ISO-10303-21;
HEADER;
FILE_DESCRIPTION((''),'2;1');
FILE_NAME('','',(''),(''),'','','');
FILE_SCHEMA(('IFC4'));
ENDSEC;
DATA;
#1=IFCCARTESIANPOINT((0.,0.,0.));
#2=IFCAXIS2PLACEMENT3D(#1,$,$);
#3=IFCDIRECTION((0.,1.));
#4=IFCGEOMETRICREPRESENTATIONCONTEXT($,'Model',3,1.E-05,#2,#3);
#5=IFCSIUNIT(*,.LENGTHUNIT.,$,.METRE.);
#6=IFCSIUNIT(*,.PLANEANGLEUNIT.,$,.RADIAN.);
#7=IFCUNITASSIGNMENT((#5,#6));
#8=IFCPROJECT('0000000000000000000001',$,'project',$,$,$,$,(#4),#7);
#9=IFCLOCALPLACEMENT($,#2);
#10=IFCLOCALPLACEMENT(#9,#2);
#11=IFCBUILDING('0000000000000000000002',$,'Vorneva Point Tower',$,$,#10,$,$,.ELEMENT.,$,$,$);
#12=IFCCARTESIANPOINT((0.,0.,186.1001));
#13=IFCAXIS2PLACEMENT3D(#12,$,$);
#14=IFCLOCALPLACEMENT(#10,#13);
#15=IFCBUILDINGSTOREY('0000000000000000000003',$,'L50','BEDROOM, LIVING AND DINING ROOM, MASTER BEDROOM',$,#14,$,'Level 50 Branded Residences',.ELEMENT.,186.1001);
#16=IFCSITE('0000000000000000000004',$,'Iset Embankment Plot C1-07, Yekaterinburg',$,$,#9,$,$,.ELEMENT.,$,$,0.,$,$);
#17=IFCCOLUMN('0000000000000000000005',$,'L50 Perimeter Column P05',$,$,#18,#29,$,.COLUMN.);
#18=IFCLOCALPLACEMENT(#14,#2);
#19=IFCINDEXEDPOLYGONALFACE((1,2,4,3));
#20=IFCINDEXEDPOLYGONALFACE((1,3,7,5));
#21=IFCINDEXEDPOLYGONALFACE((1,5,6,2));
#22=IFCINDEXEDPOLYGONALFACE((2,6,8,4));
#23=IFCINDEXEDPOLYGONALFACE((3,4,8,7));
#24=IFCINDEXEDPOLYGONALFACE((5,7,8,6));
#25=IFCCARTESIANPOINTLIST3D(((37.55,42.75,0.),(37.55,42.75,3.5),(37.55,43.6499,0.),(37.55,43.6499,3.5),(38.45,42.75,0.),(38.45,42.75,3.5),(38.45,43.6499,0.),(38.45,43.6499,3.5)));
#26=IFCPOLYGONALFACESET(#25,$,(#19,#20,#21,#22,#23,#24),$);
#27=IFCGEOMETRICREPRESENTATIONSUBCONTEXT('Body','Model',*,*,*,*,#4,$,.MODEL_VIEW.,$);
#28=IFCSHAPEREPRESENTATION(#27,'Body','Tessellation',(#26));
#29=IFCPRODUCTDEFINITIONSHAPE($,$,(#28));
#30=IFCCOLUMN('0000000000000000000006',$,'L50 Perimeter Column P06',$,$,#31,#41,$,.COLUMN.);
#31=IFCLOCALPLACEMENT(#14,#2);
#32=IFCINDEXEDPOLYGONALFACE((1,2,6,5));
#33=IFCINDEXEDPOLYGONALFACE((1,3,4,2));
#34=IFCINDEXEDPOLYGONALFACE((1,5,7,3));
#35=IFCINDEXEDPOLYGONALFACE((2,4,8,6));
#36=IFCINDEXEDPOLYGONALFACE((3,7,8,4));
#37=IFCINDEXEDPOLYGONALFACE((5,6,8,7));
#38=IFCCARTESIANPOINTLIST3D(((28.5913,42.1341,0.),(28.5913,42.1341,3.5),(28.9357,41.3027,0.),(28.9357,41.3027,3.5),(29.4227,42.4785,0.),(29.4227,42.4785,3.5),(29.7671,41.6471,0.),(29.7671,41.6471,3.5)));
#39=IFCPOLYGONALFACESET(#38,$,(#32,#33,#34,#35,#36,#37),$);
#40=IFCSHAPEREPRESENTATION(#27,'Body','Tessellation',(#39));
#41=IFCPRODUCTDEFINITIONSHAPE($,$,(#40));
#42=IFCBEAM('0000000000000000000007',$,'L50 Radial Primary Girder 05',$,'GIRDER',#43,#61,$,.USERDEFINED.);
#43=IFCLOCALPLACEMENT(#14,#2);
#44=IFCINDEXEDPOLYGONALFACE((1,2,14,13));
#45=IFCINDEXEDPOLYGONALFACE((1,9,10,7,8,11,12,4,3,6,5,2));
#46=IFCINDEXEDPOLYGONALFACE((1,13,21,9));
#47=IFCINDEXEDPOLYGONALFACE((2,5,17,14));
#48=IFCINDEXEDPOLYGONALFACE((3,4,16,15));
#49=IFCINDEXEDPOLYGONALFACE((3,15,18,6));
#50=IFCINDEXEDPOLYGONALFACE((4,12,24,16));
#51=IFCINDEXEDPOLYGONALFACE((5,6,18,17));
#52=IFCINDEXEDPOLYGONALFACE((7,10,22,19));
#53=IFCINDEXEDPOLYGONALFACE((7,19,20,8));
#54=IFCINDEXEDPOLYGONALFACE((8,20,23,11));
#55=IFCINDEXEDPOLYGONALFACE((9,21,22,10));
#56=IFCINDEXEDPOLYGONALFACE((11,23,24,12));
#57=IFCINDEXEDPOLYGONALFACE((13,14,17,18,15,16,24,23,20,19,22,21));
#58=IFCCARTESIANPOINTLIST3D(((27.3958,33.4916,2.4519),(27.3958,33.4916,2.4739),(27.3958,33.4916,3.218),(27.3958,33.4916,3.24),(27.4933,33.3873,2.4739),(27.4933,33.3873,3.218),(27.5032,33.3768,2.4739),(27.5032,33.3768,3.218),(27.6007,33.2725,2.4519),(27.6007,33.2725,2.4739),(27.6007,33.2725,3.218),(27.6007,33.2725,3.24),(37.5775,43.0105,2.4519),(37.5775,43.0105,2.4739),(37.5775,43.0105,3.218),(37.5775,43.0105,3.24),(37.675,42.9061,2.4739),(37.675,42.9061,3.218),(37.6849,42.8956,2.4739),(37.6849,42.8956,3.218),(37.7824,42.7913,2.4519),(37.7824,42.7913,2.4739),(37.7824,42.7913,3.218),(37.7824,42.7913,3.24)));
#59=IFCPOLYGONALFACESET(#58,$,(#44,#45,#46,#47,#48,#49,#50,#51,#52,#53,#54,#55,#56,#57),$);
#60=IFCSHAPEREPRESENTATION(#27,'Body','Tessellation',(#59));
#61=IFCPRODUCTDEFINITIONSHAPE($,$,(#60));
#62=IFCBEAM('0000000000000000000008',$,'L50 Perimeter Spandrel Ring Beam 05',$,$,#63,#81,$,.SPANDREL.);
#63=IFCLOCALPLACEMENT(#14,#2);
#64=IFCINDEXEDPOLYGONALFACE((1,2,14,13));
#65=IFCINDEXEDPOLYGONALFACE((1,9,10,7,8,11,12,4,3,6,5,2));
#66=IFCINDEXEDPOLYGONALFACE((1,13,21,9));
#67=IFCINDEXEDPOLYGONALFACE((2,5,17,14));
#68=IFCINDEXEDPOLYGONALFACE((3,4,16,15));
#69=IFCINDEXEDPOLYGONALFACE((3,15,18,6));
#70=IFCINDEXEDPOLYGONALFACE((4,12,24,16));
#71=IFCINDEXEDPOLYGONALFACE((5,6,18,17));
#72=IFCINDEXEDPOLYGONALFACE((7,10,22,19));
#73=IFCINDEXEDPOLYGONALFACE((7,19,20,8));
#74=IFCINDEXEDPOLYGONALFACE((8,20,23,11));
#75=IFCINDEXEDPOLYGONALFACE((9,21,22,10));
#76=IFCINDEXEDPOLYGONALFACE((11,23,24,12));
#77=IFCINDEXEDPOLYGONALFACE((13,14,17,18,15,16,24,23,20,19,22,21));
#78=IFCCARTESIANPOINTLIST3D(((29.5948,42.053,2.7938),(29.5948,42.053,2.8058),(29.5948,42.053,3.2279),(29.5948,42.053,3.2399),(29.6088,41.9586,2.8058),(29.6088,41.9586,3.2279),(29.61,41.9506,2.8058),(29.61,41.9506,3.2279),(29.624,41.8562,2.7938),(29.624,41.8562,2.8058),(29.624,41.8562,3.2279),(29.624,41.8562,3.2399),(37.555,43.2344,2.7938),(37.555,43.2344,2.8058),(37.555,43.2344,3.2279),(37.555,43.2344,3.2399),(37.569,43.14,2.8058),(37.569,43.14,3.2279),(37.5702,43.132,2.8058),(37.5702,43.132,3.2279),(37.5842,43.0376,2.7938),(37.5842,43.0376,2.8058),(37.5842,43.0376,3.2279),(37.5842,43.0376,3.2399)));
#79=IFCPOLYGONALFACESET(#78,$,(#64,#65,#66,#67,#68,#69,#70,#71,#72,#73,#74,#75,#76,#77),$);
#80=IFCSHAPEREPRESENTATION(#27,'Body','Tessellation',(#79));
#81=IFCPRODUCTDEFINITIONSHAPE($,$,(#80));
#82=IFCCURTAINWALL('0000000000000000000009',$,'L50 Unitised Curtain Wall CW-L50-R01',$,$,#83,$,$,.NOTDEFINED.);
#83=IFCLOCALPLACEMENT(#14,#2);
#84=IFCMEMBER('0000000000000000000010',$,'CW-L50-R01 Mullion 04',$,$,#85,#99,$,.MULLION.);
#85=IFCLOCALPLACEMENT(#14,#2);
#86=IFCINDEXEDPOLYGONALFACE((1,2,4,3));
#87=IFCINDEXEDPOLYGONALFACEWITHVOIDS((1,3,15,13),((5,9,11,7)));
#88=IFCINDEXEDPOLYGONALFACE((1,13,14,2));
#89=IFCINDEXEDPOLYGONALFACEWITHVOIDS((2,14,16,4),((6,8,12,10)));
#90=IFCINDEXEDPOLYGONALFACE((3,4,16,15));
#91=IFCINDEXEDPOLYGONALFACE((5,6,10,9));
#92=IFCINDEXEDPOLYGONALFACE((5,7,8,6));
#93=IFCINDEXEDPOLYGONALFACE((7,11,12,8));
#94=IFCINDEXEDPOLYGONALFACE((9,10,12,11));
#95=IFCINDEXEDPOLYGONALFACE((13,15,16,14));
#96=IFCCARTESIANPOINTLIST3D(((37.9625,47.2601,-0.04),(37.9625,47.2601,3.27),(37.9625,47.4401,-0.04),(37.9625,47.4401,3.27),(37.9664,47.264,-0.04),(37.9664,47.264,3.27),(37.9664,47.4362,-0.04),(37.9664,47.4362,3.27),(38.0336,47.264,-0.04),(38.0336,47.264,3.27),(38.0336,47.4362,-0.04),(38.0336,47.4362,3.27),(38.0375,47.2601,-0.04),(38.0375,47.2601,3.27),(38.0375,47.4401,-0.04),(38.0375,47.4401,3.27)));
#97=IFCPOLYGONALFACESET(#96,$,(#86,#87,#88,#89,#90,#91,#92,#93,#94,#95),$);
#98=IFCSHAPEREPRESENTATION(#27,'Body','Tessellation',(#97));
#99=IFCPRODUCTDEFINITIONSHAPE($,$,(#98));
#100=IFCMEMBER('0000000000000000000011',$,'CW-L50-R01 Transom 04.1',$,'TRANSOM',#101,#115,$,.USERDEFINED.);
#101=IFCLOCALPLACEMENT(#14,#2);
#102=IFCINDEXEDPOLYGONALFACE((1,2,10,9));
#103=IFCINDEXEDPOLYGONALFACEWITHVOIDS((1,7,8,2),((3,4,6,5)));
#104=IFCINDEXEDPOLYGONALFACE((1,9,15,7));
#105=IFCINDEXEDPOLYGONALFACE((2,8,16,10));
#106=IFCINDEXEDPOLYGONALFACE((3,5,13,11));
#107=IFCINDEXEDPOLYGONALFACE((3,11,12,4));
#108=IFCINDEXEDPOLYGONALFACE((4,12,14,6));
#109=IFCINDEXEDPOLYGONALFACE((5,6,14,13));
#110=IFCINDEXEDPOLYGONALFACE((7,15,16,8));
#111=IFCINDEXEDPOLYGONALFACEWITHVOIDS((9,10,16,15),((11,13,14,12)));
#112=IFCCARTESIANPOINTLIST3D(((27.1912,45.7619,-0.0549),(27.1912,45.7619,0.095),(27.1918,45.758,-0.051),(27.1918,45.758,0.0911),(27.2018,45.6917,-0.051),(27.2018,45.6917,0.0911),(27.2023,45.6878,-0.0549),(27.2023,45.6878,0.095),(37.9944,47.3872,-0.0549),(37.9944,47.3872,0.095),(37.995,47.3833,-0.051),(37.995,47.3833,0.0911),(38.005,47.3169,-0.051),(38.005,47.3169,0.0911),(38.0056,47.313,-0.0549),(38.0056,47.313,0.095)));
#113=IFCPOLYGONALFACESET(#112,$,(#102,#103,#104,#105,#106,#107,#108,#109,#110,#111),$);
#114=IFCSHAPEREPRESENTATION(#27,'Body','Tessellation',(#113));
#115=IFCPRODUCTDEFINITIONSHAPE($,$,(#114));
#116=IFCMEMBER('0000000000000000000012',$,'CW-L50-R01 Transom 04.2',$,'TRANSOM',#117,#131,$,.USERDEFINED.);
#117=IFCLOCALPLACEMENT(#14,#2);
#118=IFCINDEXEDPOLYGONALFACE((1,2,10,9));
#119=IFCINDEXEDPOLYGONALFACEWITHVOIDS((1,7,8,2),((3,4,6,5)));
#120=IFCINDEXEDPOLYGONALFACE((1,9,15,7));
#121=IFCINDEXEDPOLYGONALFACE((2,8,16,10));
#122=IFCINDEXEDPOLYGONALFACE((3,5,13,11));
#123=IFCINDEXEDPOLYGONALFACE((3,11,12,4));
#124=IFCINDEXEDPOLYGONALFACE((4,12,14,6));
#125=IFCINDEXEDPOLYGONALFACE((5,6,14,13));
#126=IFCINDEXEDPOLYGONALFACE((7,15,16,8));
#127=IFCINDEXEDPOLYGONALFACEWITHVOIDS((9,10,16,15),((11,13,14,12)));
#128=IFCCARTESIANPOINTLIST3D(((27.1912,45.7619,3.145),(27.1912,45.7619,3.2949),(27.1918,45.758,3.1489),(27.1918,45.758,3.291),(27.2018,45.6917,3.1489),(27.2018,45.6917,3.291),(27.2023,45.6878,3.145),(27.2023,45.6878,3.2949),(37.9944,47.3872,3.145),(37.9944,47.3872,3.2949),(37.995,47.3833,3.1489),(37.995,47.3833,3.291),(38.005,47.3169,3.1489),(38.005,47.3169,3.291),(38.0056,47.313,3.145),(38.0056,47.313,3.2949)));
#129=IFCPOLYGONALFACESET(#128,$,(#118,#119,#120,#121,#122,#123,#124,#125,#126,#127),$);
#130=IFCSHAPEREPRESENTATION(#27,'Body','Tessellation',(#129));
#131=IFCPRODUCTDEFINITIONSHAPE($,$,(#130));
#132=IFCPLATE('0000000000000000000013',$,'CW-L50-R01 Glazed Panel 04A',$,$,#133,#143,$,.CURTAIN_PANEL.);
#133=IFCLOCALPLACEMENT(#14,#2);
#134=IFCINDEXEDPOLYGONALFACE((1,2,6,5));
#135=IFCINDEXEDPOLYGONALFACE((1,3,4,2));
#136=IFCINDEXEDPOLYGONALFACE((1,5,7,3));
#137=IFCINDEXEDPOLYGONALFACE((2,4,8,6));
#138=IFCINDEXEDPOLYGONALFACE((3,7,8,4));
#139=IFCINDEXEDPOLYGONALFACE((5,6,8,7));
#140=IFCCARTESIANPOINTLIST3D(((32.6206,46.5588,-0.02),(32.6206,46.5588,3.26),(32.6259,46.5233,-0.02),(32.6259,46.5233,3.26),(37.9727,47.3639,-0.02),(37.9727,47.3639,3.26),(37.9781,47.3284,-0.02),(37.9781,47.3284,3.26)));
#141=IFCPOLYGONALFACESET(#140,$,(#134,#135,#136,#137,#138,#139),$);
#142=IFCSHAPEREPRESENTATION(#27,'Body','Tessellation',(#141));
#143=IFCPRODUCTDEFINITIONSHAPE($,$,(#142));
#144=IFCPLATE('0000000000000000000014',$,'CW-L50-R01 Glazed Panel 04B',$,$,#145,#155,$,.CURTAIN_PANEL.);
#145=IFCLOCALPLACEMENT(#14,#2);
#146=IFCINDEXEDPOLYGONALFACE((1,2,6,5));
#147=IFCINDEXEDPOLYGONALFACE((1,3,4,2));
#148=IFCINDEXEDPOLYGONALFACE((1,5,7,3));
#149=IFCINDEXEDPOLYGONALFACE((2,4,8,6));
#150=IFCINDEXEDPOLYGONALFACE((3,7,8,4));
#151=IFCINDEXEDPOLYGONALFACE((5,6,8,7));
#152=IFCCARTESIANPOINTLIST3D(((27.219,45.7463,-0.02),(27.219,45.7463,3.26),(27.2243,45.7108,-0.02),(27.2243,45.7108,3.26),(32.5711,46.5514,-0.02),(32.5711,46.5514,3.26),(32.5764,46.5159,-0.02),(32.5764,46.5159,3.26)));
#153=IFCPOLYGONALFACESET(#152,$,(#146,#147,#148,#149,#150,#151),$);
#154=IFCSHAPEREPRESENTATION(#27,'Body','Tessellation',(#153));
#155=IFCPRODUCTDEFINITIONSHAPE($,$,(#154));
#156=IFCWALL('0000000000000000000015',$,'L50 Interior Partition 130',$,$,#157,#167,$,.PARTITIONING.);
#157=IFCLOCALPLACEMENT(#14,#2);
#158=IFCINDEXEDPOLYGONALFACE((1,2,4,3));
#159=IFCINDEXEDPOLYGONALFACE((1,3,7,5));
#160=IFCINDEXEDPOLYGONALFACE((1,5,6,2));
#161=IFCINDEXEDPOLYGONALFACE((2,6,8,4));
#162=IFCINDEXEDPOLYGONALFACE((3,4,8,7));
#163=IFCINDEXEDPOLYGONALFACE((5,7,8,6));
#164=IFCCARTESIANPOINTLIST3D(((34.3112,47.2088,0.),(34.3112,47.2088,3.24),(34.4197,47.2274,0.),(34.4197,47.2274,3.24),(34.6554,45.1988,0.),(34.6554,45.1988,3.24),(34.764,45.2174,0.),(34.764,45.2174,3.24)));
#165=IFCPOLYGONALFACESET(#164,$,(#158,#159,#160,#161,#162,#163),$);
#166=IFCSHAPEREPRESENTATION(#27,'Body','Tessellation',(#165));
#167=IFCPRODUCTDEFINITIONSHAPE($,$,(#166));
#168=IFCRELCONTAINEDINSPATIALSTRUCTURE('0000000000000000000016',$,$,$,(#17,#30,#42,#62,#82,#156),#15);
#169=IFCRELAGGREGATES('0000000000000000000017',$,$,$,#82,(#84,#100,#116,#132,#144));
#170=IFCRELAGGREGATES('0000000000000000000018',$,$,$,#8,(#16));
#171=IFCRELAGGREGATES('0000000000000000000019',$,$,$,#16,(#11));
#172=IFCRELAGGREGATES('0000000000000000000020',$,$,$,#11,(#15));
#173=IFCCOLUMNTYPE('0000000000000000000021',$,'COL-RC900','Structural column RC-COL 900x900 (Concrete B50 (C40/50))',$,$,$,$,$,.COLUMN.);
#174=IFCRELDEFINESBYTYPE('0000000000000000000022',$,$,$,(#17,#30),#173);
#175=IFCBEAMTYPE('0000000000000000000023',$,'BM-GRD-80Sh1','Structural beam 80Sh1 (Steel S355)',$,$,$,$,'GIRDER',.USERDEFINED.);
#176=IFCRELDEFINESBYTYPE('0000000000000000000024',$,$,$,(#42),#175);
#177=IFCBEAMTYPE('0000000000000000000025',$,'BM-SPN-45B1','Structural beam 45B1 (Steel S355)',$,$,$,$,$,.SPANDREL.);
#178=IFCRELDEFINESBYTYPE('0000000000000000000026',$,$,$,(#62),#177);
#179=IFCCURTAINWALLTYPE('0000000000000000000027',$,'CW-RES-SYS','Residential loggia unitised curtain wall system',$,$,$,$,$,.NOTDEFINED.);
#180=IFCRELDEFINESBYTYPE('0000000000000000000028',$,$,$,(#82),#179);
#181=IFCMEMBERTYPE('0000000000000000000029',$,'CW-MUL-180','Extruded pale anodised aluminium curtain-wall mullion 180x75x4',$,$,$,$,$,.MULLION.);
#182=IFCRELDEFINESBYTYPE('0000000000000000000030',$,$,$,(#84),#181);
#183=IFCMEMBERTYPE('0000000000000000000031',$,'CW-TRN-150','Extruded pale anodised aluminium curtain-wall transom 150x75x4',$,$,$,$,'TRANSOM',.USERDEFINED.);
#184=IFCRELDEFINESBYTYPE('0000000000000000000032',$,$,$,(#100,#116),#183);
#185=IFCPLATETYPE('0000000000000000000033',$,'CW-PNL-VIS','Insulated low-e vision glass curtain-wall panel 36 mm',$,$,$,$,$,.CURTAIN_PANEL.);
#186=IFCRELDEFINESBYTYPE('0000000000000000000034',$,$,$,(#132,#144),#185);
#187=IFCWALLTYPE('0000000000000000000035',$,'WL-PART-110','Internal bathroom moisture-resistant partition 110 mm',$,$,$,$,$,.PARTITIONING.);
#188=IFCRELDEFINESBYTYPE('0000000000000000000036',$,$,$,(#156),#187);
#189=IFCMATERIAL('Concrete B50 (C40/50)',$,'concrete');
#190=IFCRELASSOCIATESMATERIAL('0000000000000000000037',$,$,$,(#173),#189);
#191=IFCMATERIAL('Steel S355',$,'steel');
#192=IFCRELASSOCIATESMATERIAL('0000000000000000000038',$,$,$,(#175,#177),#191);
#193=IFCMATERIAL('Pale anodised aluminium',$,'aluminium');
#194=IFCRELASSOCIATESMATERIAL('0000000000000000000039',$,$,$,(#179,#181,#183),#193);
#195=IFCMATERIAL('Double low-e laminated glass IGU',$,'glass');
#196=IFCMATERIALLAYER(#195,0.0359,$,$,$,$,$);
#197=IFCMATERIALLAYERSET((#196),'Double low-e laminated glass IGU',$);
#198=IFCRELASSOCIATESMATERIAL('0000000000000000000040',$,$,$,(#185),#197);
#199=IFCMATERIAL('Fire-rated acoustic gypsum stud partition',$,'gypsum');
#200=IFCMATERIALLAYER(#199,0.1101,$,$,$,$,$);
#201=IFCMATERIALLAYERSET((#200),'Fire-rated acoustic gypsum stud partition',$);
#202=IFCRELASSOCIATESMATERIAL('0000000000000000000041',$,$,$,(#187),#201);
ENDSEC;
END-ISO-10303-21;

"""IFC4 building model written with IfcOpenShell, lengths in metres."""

from ifc_helpers import new_model, si_unit, direction, frame, frame_2d, origin, origin_2d, place, context, subcontext, project, spatial, rectangle, hollow_rectangle, i_section, extrude, material, layer, layer_set, material_profile, profile_set, type_object, element, aggregate, save


model = new_model("IFC4")

# Units and contexts
model_context = context("Model", 3, precision=1e-05, world=origin(), true_north=direction((0.0, 1.0)))
body_context = subcontext(model_context, "Body", "Model", "MODEL_VIEW")
ifc_project = project(units=[si_unit("LENGTHUNIT", "METRE"), si_unit("PLANEANGLEUNIT", "RADIAN")], contexts=[model_context])

# Site, building, storey
site_placement = place(None, origin())
site = spatial("IfcSite", under=ifc_project, at=site_placement, Name="Iset Embankment Plot C1-07, Yekaterinburg", CompositionType="ELEMENT", RefElevation=0.0)
building_placement = place(site_placement, origin())
building = spatial("IfcBuilding", under=site, at=building_placement, Name="Vorneva Point Tower", CompositionType="ELEMENT")
storey_placement = place(building_placement, frame((0.0, 0.0, 186.1001)))
storey = spatial("IfcBuildingStorey", under=building, at=storey_placement, Name="L50", Description="BEDROOM, LIVING AND DINING ROOM, MASTER BEDROOM", LongName="Level 50 Branded Residences", CompositionType="ELEMENT", Elevation=186.1001)

# Columns
ifc_material_1 = material(Name="Concrete B50 (C40/50)", Category="concrete")
ifc_material_profile_1 = material_profile(ifc_material_1, rectangle(XDim=0.8999, YDim=0.8999, at=origin_2d()), Name="RC-COL 900x900")
ifc_profile_set_1 = profile_set([ifc_material_profile_1], Name="Concrete B50 (C40/50)")
column_type = type_object("IfcColumnType", Name="COL-RC900", Description="Structural column RC-COL 900x900 (Concrete B50 (C40/50))", PredefinedType="COLUMN", material=ifc_profile_set_1)
for number, where, z_axis, x_axis, name in (
    (1, (38.0, 43.2, 0.0), (0.0, 0.0, 1.0), (0.0, 1.0, 0.0), "L50 Perimeter Column P05"),
    (2, (29.1792, 41.8906, 0.0), (0.0, 0.0, 1.0), (-0.382683, 0.92388, 0.0), "L50 Perimeter Column P06"),
):
    element("IfcColumn", number, at=place(storey_placement, frame(where, z_axis=z_axis, x_axis=x_axis)), inside=storey, type_object=column_type, Name=name, PredefinedType="COLUMN", context=body_context, shape_type="SweptSolid", body=[
        extrude(rectangle(XDim=0.8999, YDim=0.8999, at=origin_2d()), origin(), (0.0, 0.0, 1.0), 3.5),
    ])

# Beams
ifc_material_2 = material(Name="Steel S355", Category="steel")
ifc_material_profile_2 = material_profile(ifc_material_2, i_section(OverallWidth=0.3, OverallDepth=0.7881, WebThickness=0.0144, FlangeThickness=0.022, at=origin_2d()), Name="80Sh1")
ifc_profile_set_2 = profile_set([ifc_material_profile_2], Name="Steel S355")
beam_type_1 = type_object("IfcBeamType", Name="BM-GRD-80Sh1", Description="Structural beam 80Sh1 (Steel S355)", ElementType="GIRDER", PredefinedType="USERDEFINED", material=ifc_profile_set_2)
beam_1_placement = place(storey_placement, frame((37.6799, 42.9009, 2.8459), z_axis=(-0.730485, -0.682929, 0.0), x_axis=(0.682929, -0.730485, 0.0)))
element("IfcBeam", 3, at=beam_1_placement, inside=storey, type_object=beam_type_1, Name="L50 Radial Primary Girder 05", ObjectType="GIRDER", PredefinedType="USERDEFINED", context=body_context, shape_type="SweptSolid", body=[
    extrude(i_section(OverallWidth=0.3, OverallDepth=0.7881, WebThickness=0.0144, FlangeThickness=0.022, at=origin_2d()), origin(), (0.0, 0.0, 1.0), 13.9382),
])
ifc_material_profile_3 = material_profile(ifc_material_2, i_section(OverallWidth=0.199, OverallDepth=0.446, WebThickness=0.0081, FlangeThickness=0.012, at=origin_2d()), Name="45B1")
ifc_profile_set_3 = profile_set([ifc_material_profile_3], Name="Steel S355")
beam_type_2 = type_object("IfcBeamType", Name="BM-SPN-45B1", Description="Structural beam 45B1 (Steel S355)", PredefinedType="SPANDREL", material=ifc_profile_set_3)
beam_2_placement = place(storey_placement, frame((37.5696, 43.136, 3.0168), z_axis=(-0.989165, -0.146805, 0.0), x_axis=(0.146805, -0.989165, 0.0)))
element("IfcBeam", 4, at=beam_2_placement, inside=storey, type_object=beam_type_2, Name="L50 Perimeter Spandrel Ring Beam 05", PredefinedType="SPANDREL", context=body_context, shape_type="SweptSolid", body=[
    extrude(i_section(OverallWidth=0.199, OverallDepth=0.446, WebThickness=0.0081, FlangeThickness=0.012, at=origin_2d()), origin(), (0.0, 0.0, 1.0), 8.0474),
])

# Curtain wall, members, plates
ifc_material_3 = material(Name="Pale anodised aluminium", Category="aluminium")
curtain_wall_type = type_object("IfcCurtainWallType", Name="CW-RES-SYS", Description="Residential loggia unitised curtain wall system", PredefinedType="NOTDEFINED", material=ifc_material_3)
curtain_wall_placement = place(storey_placement, origin())
curtain_wall = element("IfcCurtainWall", 5, at=curtain_wall_placement, inside=storey, type_object=curtain_wall_type, Name="L50 Unitised Curtain Wall CW-L50-R01", PredefinedType="NOTDEFINED")
ifc_material_profile_4 = material_profile(ifc_material_3, hollow_rectangle(XDim=0.075, YDim=0.1799, WallThickness=0.0039, at=origin_2d()), Name="AL-MUL 180x75x4")
ifc_profile_set_4 = profile_set([ifc_material_profile_4], Name="Pale anodised aluminium")
member_type_1 = type_object("IfcMemberType", Name="CW-MUL-180", Description="Extruded pale anodised aluminium curtain-wall mullion 180x75x4", PredefinedType="MULLION", material=ifc_profile_set_4)
member_1_placement = place(storey_placement, frame((38.0, 47.3501, -0.04), z_axis=(0.0, 0.0, 1.0), x_axis=(1.0, 0.0, 0.0)))
member_1 = element("IfcMember", 6, at=member_1_placement, type_object=member_type_1, Name="CW-L50-R01 Mullion 04", PredefinedType="MULLION", context=body_context, shape_type="SweptSolid", body=[
    extrude(hollow_rectangle(XDim=0.075, YDim=0.1799, WallThickness=0.0039, at=origin_2d()), origin(), (0.0, 0.0, 1.0), 3.3101),
])
ifc_material_profile_5 = material_profile(ifc_material_3, hollow_rectangle(XDim=0.075, YDim=0.1499, WallThickness=0.0039, at=origin_2d()), Name="AL-TRN 150x75x4")
ifc_profile_set_5 = profile_set([ifc_material_profile_5], Name="Pale anodised aluminium")
member_type_2 = type_object("IfcMemberType", Name="CW-TRN-150", Description="Extruded pale anodised aluminium curtain-wall transom 150x75x4", ElementType="TRANSOM", PredefinedType="USERDEFINED", material=ifc_profile_set_5)
member_2_placement = place(storey_placement, frame((38.0, 47.3501, 0.02), z_axis=(-0.988872, -0.148767, 0.0), x_axis=(0.148767, -0.988872, 0.0)))
member_2 = element("IfcMember", 7, at=member_2_placement, type_object=member_type_2, Name="CW-L50-R01 Transom 04.1", ObjectType="TRANSOM", PredefinedType="USERDEFINED", context=body_context, shape_type="SweptSolid", body=[
    extrude(hollow_rectangle(XDim=0.075, YDim=0.1499, WallThickness=0.0039, at=origin_2d()), origin(), (0.0, 0.0, 1.0), 10.9248),
])
member_3_placement = place(storey_placement, frame((38.0, 47.3501, 3.22), z_axis=(-0.988872, -0.148767, 0.0), x_axis=(0.148767, -0.988872, 0.0)))
member_3 = element("IfcMember", 8, at=member_3_placement, type_object=member_type_2, Name="CW-L50-R01 Transom 04.2", ObjectType="TRANSOM", PredefinedType="USERDEFINED", context=body_context, shape_type="SweptSolid", body=[
    extrude(hollow_rectangle(XDim=0.075, YDim=0.1499, WallThickness=0.0039, at=origin_2d()), origin(), (0.0, 0.0, 1.0), 10.9248),
])
ifc_material_4 = material(Name="Double low-e laminated glass IGU", Category="glass")
ifc_layer_1 = layer(ifc_material_4, 0.0359)
ifc_layer_set_1 = layer_set([ifc_layer_1], Name="Double low-e laminated glass IGU")
plate_type = type_object("IfcPlateType", Name="CW-PNL-VIS", Description="Insulated low-e vision glass curtain-wall panel 36 mm", PredefinedType="CURTAIN_PANEL", material=ifc_layer_set_1)
plate_1_placement = place(storey_placement, frame((35.2993, 46.9436, -0.02), z_axis=(0.0, 0.0, 1.0), x_axis=(-0.988874, -0.148759, 0.0)))
plate_1 = element("IfcPlate", 9, at=plate_1_placement, type_object=plate_type, Name="CW-L50-R01 Glazed Panel 04A", PredefinedType="CURTAIN_PANEL", context=body_context, shape_type="SweptSolid", body=[
    extrude(rectangle(XDim=5.4124, YDim=0.0359, at=origin_2d()), origin(), (0.0, 0.0, 1.0), 3.28),
])
plate_2_placement = place(storey_placement, frame((29.8977, 46.1311, -0.02), z_axis=(0.0, 0.0, 1.0), x_axis=(-0.988874, -0.148759, 0.0)))
plate_2 = element("IfcPlate", 10, at=plate_2_placement, type_object=plate_type, Name="CW-L50-R01 Glazed Panel 04B", PredefinedType="CURTAIN_PANEL", context=body_context, shape_type="SweptSolid", body=[
    extrude(rectangle(XDim=5.4124, YDim=0.0359, at=origin_2d()), origin(), (0.0, 0.0, 1.0), 3.28),
])
aggregate(curtain_wall, [member_1, member_2, member_3, plate_1, plate_2])

# Wall
ifc_material_5 = material(Name="Fire-rated acoustic gypsum stud partition", Category="gypsum")
ifc_layer_2 = layer(ifc_material_5, 0.1101)
ifc_layer_set_2 = layer_set([ifc_layer_2], Name="Fire-rated acoustic gypsum stud partition")
wall_type_1 = type_object("IfcWallType", Name="WL-PART-110", Description="Internal bathroom moisture-resistant partition 110 mm", PredefinedType="PARTITIONING", material=ifc_layer_set_2)
wall_1_placement = place(storey_placement, frame((34.3655, 47.218, 0.0), z_axis=(0.0, 0.0, 1.0), x_axis=(0.168804, -0.98565, 0.0)))
element("IfcWall", 11, at=wall_1_placement, inside=storey, type_object=wall_type_1, Name="L50 Interior Partition 130", PredefinedType="PARTITIONING", context=body_context, shape_type="SweptSolid", body=[
    extrude(rectangle(XDim=2.0393, YDim=0.1101, at=frame_2d((1.0195, 0.0))), origin(), (0.0, 0.0, 1.0), 3.24),
])

save(model, "model.ifc")
